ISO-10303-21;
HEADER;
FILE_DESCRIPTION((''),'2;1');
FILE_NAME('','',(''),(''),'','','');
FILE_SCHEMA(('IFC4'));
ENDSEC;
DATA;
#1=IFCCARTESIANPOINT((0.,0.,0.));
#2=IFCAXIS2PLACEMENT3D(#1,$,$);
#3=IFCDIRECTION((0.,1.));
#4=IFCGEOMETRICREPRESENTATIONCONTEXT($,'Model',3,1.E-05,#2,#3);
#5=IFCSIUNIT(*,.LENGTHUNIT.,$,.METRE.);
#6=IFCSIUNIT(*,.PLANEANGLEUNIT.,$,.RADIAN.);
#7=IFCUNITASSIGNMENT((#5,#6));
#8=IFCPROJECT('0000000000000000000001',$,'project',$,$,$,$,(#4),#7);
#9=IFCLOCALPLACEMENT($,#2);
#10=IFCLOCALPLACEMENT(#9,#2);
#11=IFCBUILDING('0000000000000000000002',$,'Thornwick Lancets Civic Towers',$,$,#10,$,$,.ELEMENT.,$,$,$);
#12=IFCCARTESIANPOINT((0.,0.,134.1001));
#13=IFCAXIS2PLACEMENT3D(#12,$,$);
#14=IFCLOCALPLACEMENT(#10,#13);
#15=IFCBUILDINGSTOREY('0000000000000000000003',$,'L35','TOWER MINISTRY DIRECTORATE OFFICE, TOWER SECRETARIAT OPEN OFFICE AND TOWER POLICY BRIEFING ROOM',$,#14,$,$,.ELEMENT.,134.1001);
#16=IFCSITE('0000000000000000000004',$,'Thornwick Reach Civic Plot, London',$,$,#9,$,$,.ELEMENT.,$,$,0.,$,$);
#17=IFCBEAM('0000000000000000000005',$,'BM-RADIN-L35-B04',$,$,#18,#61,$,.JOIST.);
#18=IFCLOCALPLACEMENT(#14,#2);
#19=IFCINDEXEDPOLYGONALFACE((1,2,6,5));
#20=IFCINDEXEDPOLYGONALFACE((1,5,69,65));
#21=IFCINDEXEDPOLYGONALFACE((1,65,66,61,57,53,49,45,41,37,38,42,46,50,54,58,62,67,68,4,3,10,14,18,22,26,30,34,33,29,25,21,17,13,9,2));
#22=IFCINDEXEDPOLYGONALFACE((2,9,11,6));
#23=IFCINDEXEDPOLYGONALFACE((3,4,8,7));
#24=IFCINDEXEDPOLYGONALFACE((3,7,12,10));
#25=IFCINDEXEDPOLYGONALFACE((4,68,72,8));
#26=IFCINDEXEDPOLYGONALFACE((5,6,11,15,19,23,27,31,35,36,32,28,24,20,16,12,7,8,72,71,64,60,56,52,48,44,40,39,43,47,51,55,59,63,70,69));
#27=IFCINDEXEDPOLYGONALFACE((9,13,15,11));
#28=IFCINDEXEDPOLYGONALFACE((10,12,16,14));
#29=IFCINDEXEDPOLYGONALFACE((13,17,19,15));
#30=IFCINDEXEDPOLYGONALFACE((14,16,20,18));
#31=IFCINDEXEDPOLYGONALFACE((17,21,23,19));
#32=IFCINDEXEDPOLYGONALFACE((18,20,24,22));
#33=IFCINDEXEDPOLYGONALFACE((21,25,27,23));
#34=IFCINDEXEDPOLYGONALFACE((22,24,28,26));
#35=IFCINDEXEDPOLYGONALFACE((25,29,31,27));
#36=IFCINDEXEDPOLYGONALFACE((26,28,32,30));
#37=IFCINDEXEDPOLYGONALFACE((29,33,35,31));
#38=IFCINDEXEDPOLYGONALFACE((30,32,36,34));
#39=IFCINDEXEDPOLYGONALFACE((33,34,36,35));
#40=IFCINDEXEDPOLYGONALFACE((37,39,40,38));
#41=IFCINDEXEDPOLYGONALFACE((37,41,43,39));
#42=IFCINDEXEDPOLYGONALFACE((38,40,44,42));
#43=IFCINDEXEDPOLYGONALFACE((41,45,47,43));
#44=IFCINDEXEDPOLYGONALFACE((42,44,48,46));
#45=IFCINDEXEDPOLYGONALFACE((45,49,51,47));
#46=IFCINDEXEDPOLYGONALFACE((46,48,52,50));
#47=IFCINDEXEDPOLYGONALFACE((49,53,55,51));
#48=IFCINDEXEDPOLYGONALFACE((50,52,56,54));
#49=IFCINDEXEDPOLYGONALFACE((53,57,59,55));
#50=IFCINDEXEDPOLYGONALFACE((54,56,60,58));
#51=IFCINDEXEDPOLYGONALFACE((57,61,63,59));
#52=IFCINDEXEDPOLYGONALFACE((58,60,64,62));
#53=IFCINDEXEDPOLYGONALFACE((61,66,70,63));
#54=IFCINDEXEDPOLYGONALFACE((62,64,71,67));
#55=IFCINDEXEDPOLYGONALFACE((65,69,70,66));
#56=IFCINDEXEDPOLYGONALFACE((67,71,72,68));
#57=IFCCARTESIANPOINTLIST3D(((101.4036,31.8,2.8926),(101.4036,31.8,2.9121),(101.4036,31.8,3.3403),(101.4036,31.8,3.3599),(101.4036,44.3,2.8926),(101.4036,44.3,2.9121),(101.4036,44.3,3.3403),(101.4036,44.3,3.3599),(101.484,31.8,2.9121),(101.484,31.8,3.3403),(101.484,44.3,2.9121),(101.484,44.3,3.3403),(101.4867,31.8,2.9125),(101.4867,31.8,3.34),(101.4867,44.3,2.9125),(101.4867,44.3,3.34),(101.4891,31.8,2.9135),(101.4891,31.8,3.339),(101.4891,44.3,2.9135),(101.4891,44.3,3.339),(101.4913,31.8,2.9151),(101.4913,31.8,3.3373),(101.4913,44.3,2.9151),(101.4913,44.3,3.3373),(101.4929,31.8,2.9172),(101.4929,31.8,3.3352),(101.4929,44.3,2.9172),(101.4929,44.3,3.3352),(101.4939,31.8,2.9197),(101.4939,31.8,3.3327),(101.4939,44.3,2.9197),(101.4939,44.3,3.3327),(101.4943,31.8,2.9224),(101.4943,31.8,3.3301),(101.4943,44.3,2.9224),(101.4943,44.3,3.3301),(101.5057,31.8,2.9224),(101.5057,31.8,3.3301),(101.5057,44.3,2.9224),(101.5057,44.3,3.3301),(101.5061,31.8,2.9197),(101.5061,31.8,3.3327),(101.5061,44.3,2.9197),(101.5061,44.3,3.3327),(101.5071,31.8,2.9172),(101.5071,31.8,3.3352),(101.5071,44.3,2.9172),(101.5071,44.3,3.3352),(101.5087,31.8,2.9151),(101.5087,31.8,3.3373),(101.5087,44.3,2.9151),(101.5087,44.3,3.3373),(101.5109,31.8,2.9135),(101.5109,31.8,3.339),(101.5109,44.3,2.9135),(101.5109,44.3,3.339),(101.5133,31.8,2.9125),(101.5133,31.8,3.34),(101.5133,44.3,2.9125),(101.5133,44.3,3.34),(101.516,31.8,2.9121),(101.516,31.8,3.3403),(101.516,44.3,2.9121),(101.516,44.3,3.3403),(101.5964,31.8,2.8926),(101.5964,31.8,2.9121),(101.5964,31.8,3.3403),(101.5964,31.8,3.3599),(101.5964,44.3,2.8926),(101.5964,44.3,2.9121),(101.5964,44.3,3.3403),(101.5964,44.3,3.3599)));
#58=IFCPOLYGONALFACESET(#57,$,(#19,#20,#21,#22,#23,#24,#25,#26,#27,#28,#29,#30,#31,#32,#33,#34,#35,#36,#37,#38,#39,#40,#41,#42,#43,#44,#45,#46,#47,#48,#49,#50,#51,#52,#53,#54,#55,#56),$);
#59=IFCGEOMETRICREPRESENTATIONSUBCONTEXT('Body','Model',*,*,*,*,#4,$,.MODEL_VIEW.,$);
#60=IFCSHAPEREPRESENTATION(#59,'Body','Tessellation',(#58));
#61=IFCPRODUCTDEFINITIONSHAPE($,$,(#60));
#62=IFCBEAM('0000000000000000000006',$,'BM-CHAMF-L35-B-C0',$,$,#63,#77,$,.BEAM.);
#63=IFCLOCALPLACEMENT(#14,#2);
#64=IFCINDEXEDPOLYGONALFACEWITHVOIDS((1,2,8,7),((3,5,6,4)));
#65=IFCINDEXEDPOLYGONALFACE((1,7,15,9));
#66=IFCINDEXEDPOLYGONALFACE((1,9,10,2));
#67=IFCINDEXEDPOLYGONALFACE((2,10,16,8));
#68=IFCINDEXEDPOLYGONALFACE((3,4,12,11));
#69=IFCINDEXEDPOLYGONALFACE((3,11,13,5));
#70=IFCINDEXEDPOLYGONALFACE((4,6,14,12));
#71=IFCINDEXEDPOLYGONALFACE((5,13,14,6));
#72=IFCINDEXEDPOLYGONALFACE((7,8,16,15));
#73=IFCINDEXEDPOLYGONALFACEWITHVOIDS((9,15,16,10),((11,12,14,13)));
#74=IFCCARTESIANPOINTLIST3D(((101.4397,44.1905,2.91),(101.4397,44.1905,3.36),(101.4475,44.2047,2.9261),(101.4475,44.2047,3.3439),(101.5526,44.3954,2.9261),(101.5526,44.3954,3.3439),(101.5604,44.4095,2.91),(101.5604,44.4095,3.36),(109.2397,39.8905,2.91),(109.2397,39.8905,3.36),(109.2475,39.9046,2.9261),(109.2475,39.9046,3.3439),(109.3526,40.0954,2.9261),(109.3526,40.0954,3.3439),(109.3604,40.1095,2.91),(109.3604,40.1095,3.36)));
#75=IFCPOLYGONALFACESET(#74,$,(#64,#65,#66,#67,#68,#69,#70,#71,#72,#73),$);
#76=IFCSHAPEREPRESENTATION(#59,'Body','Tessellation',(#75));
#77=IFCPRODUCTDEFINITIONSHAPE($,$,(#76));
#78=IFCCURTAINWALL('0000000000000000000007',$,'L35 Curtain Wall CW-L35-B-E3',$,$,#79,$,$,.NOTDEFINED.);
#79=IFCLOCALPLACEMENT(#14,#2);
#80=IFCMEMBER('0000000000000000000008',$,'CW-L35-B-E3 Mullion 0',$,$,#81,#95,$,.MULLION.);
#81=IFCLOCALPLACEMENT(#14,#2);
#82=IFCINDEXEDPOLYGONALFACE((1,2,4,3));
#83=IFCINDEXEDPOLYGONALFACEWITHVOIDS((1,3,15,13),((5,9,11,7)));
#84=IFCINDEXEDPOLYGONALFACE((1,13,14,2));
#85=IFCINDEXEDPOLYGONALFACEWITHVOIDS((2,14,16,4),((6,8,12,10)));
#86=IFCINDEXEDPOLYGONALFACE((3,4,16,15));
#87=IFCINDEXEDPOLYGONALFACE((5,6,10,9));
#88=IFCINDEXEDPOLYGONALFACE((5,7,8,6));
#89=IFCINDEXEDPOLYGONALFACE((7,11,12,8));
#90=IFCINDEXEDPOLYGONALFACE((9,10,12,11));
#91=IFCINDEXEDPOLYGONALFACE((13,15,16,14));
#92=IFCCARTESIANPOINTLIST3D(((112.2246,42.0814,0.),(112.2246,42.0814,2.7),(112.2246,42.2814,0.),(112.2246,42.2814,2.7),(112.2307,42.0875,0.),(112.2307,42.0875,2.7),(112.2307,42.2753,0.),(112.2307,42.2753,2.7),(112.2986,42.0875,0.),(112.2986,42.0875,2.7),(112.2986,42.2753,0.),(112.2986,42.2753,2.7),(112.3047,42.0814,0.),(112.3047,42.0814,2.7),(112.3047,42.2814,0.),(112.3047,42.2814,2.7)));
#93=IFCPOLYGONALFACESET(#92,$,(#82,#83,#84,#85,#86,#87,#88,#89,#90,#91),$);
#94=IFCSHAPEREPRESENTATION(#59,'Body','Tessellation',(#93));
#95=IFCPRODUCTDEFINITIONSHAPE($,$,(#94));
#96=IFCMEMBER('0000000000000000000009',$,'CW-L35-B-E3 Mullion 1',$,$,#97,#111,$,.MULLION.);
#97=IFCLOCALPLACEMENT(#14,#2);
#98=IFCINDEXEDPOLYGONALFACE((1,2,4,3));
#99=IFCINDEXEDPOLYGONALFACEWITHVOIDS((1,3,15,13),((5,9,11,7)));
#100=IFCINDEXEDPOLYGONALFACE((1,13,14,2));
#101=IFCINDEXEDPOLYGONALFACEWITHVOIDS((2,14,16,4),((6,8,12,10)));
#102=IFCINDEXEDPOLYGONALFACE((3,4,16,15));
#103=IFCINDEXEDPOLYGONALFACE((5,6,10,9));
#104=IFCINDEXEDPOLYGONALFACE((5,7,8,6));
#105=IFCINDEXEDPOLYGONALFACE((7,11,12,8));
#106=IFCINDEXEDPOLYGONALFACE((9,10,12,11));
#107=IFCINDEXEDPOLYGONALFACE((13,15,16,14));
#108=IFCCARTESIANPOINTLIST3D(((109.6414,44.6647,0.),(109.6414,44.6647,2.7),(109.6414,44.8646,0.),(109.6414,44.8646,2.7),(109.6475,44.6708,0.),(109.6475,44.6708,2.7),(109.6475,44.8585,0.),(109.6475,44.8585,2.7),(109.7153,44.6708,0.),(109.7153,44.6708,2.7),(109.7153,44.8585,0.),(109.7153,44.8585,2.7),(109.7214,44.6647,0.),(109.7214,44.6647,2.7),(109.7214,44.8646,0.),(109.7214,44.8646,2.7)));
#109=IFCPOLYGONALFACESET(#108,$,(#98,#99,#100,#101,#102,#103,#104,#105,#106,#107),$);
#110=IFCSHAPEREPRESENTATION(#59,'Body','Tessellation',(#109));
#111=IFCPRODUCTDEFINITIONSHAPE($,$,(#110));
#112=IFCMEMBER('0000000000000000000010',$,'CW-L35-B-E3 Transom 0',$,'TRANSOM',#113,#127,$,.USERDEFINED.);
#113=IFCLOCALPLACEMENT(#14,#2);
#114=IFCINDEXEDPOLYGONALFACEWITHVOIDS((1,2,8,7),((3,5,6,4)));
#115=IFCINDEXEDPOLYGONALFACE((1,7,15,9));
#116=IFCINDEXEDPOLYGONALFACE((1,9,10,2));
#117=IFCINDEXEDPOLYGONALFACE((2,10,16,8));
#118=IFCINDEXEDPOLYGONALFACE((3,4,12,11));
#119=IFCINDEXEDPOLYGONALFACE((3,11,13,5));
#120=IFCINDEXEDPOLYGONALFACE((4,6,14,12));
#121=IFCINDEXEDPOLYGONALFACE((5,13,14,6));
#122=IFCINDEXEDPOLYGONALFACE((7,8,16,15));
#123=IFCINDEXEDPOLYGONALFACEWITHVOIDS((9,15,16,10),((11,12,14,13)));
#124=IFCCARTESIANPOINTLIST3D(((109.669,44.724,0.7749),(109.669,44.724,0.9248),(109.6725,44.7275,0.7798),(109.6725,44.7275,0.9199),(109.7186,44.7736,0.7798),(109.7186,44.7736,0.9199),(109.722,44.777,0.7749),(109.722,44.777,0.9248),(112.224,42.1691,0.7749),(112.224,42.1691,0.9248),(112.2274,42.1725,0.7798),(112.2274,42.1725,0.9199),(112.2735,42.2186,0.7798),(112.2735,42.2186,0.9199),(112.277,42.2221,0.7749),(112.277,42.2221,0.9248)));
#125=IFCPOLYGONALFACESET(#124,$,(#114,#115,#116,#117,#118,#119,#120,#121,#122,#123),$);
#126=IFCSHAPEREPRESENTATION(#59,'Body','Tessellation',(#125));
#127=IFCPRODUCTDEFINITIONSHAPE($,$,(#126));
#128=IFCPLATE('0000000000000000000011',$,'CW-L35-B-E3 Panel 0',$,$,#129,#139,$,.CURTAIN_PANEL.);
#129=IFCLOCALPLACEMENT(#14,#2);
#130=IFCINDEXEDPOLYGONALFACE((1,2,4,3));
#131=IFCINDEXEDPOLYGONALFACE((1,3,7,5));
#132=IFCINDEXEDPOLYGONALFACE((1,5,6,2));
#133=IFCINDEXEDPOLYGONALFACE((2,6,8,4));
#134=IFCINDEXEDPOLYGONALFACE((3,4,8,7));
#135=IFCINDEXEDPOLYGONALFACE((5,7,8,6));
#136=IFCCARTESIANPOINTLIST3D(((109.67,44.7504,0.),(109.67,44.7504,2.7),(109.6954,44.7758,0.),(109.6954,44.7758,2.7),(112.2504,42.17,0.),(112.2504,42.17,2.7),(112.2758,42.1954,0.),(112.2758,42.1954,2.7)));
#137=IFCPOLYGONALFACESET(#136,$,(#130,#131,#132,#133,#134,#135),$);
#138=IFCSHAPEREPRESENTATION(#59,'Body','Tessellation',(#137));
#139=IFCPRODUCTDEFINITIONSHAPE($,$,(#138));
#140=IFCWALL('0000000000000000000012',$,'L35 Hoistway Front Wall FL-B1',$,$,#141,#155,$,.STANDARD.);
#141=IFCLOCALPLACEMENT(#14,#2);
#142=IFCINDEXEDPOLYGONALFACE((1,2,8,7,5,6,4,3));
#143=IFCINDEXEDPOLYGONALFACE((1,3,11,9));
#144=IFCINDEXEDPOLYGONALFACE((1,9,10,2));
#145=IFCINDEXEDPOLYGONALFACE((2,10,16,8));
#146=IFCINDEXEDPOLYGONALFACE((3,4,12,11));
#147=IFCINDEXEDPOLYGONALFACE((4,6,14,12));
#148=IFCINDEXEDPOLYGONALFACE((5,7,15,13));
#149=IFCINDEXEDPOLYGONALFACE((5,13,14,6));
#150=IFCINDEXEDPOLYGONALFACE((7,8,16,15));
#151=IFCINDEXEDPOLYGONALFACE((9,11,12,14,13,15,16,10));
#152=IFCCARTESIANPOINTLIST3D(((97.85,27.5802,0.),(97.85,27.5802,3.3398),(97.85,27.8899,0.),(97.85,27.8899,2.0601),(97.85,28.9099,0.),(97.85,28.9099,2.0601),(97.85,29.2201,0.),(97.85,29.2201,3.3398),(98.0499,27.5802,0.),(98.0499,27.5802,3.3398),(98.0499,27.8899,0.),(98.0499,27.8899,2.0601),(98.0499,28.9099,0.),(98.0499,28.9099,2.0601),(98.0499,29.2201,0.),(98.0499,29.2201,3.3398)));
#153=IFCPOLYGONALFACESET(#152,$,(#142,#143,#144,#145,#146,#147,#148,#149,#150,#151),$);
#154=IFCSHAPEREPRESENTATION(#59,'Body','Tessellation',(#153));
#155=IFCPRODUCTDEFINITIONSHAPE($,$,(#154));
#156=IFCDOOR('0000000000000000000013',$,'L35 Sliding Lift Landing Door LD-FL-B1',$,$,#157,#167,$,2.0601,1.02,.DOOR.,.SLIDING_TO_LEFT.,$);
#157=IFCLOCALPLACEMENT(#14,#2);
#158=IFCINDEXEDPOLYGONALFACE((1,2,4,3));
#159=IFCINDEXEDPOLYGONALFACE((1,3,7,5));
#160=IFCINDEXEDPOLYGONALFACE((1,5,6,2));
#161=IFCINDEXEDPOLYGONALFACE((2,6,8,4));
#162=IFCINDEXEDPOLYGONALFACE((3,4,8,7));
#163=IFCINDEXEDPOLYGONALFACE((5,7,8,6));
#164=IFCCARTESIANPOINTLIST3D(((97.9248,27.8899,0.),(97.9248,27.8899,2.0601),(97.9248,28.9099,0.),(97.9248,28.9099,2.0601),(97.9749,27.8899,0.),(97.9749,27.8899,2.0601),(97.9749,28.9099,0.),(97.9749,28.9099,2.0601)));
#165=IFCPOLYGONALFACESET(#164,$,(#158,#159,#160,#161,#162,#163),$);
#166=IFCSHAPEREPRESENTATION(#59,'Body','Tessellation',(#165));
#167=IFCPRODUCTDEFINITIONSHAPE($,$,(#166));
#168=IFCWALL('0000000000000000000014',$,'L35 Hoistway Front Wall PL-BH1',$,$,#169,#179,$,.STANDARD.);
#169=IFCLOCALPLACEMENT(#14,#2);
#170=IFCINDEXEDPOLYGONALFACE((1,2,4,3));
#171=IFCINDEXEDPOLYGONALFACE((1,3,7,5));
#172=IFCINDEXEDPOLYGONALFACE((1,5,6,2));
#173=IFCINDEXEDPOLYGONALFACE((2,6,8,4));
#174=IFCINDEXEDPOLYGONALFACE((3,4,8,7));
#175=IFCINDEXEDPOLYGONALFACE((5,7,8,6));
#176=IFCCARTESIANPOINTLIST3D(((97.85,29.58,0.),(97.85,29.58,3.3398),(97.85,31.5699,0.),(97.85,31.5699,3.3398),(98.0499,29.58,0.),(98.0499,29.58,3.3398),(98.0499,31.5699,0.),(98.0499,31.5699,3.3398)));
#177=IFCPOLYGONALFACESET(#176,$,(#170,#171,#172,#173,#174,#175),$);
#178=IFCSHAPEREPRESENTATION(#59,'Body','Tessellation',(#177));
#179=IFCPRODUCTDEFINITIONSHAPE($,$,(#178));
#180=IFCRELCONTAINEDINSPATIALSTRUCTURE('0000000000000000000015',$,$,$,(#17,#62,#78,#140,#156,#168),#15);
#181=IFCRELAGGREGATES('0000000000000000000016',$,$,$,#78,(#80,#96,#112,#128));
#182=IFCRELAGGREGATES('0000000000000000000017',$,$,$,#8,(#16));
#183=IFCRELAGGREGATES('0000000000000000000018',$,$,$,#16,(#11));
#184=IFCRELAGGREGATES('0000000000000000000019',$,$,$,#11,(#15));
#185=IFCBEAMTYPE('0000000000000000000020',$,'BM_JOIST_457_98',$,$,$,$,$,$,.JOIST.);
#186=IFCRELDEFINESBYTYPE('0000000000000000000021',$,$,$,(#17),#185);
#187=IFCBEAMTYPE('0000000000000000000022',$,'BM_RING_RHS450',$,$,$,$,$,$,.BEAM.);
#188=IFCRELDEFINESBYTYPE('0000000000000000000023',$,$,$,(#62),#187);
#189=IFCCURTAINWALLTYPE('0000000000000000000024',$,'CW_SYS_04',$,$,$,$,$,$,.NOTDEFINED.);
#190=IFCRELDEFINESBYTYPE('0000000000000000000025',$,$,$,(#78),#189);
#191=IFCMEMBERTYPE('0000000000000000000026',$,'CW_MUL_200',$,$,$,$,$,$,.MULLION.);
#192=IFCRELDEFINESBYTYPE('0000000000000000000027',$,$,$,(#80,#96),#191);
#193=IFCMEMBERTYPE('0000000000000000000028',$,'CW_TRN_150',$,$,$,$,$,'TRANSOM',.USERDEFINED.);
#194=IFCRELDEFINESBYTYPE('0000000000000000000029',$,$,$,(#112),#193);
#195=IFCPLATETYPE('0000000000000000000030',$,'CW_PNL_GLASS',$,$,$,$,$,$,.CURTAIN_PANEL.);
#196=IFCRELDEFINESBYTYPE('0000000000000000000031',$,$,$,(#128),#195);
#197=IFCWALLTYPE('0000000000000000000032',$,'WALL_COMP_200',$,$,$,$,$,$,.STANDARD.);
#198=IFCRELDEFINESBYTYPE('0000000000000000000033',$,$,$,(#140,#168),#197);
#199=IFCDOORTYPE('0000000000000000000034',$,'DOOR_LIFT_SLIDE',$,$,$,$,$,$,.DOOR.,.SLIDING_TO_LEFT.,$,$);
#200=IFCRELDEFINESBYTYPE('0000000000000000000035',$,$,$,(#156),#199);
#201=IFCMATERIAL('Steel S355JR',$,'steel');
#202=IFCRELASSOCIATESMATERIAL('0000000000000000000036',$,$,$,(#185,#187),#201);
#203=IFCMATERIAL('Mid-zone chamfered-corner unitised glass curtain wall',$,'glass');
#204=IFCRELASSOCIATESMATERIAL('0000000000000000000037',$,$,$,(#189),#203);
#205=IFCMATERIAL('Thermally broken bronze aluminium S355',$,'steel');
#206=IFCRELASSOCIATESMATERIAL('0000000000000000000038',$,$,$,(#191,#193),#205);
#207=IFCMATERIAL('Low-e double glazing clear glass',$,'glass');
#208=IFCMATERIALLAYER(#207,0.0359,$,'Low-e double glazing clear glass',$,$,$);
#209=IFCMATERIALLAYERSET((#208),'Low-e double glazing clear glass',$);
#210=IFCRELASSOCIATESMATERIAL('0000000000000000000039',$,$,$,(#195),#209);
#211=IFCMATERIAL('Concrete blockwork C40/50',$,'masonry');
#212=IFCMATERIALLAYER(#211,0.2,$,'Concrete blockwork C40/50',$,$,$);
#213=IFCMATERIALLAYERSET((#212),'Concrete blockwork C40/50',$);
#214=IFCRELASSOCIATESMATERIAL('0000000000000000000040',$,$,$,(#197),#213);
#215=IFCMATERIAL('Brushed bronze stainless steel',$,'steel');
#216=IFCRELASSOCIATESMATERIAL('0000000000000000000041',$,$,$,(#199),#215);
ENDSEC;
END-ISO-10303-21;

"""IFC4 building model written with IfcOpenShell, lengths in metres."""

from ifc_helpers import new_model, si_unit, direction, frame, frame_2d, origin, origin_2d, place, context, subcontext, project, spatial, rectangle, hollow_rectangle, i_section, extrude, material, layer, layer_set, material_profile, profile_set, type_object, element, fill, aggregate, save


model = new_model("IFC4")

# Units and contexts
model_context = context("Model", 3, precision=1e-05, world=origin(), true_north=direction((0.0, 1.0)))
body_context = subcontext(model_context, "Body", "Model", "MODEL_VIEW")
ifc_project = project(units=[si_unit("LENGTHUNIT", "METRE"), si_unit("PLANEANGLEUNIT", "RADIAN")], contexts=[model_context])

# Site, building, storey
site_placement = place(None, origin())
site = spatial("IfcSite", under=ifc_project, at=site_placement, Name="Thornwick Reach Civic Plot, London", CompositionType="ELEMENT", RefElevation=0.0)
building_placement = place(site_placement, origin())
building = spatial("IfcBuilding", under=site, at=building_placement, Name="Thornwick Lancets Civic Towers", CompositionType="ELEMENT")
storey_placement = place(building_placement, frame((0.0, 0.0, 134.1001)))
storey = spatial("IfcBuildingStorey", under=building, at=storey_placement, Name="L35", Description="TOWER MINISTRY DIRECTORATE OFFICE, TOWER SECRETARIAT OPEN OFFICE AND TOWER POLICY BRIEFING ROOM", CompositionType="ELEMENT", Elevation=134.1001)

# Beams
ifc_material_1 = material(Name="Steel S355JR", Category="steel")
ifc_material_profile_1 = material_profile(ifc_material_1, i_section(OverallWidth=0.1929, OverallDepth=0.4673, WebThickness=0.0115, FlangeThickness=0.0195, FilletRadius=0.0103, at=origin_2d()), Name="UKB 457x191x98")
ifc_profile_set_1 = profile_set([ifc_material_profile_1], Name="Steel S355JR")
beam_type_1 = type_object("IfcBeamType", Name="BM_JOIST_457_98", PredefinedType="JOIST", material=ifc_profile_set_1)
beam_1_placement = place(storey_placement, frame((101.5, 31.8, 3.1262), z_axis=(0.0, 1.0, 0.0), x_axis=(-1.0, 0.0, 0.0)))
element("IfcBeam", 1, at=beam_1_placement, inside=storey, type_object=beam_type_1, Name="BM-RADIN-L35-B04", PredefinedType="JOIST", context=body_context, shape_type="SweptSolid", body=[
    extrude(i_section(OverallWidth=0.1929, OverallDepth=0.4673, WebThickness=0.0115, FlangeThickness=0.0195, FilletRadius=0.0103, at=origin_2d()), origin(), (0.0, 0.0, 1.0), 12.5),
])
ifc_material_profile_2 = material_profile(ifc_material_1, hollow_rectangle(XDim=0.25, YDim=0.45, WallThickness=0.0161, at=origin_2d()), Name="RHS 450x250x16")
ifc_profile_set_2 = profile_set([ifc_material_profile_2], Name="Steel S355JR")
beam_type_2 = type_object("IfcBeamType", Name="BM_RING_RHS450", PredefinedType="BEAM", material=ifc_profile_set_2)
beam_2_placement = place(storey_placement, frame((109.3, 40.0, 3.135), z_axis=(-0.87574, 0.482782, 0.0), x_axis=(-0.482782, -0.87574, 0.0)))
element("IfcBeam", 2, at=beam_2_placement, inside=storey, type_object=beam_type_2, Name="BM-CHAMF-L35-B-C0", PredefinedType="BEAM", context=body_context, shape_type="SweptSolid", body=[
    extrude(hollow_rectangle(XDim=0.25, YDim=0.45, WallThickness=0.0161, at=origin_2d()), origin(), (0.0, 0.0, 1.0), 8.9067),
])

# Curtain wall, members, plate
ifc_material_2 = material(Name="Mid-zone chamfered-corner unitised glass curtain wall", Category="glass")
curtain_wall_type = type_object("IfcCurtainWallType", Name="CW_SYS_04", PredefinedType="NOTDEFINED", material=ifc_material_2)
curtain_wall_placement = place(storey_placement, origin())
curtain_wall = element("IfcCurtainWall", 3, at=curtain_wall_placement, inside=storey, type_object=curtain_wall_type, Name="L35 Curtain Wall CW-L35-B-E3", PredefinedType="NOTDEFINED")
ifc_material_3 = material(Name="Thermally broken bronze aluminium S355", Category="steel")
ifc_material_profile_3 = material_profile(ifc_material_3, hollow_rectangle(XDim=0.0801, YDim=0.2, WallThickness=0.0061, at=origin_2d()), Name="RHS 200x80x6")
ifc_profile_set_3 = profile_set([ifc_material_profile_3], Name="Thermally broken bronze aluminium S355")
member_type_1 = type_object("IfcMemberType", Name="CW_MUL_200", PredefinedType="MULLION", material=ifc_profile_set_3)
member_1_placement = place(storey_placement, frame((112.2646, 42.1814, 0.0), z_axis=(0.0, 0.0, 1.0), x_axis=(1.0, 0.0, 0.0)))
member_1 = element("IfcMember", 4, at=member_1_placement, type_object=member_type_1, Name="CW-L35-B-E3 Mullion 0", PredefinedType="MULLION", context=body_context, shape_type="SweptSolid", body=[
    extrude(hollow_rectangle(XDim=0.0801, YDim=0.2, WallThickness=0.0061, at=origin_2d()), origin(), (0.0, 0.0, 1.0), 2.7),
])
member_2_placement = place(storey_placement, frame((109.6814, 44.7646, 0.0), z_axis=(0.0, 0.0, 1.0), x_axis=(1.0, 0.0, 0.0)))
member_2 = element("IfcMember", 5, at=member_2_placement, type_object=member_type_1, Name="CW-L35-B-E3 Mullion 1", PredefinedType="MULLION", context=body_context, shape_type="SweptSolid", body=[
    extrude(hollow_rectangle(XDim=0.0801, YDim=0.2, WallThickness=0.0061, at=origin_2d()), origin(), (0.0, 0.0, 1.0), 2.7),
])
ifc_material_profile_4 = material_profile(ifc_material_3, hollow_rectangle(XDim=0.075, YDim=0.1499, WallThickness=0.0049, at=origin_2d()), Name="RHS 150x75x5")
ifc_profile_set_4 = profile_set([ifc_material_profile_4], Name="Thermally broken bronze aluminium S355")
member_type_2 = type_object("IfcMemberType", Name="CW_TRN_150", ElementType="TRANSOM", PredefinedType="USERDEFINED", material=ifc_profile_set_4)
member_3_placement = place(storey_placement, frame((112.2505, 42.1956, 0.8499), z_axis=(-0.707107, 0.707107, 0.0), x_axis=(-0.707107, -0.707107, 0.0)))
member_3 = element("IfcMember", 6, at=member_3_placement, type_object=member_type_2, Name="CW-L35-B-E3 Transom 0", ObjectType="TRANSOM", PredefinedType="USERDEFINED", context=body_context, shape_type="SweptSolid", body=[
    extrude(hollow_rectangle(XDim=0.075, YDim=0.1499, WallThickness=0.0049, at=origin_2d()), origin(), (0.0, 0.0, 1.0), 3.6133),
])
ifc_material_4 = material(Name="Low-e double glazing clear glass", Category="glass")
ifc_layer_1 = layer(ifc_material_4, 0.0359, Name="Low-e double glazing clear glass")
ifc_layer_set_1 = layer_set([ifc_layer_1], Name="Low-e double glazing clear glass")
plate_type = type_object("IfcPlateType", Name="CW_PNL_GLASS", PredefinedType="CURTAIN_PANEL", material=ifc_layer_set_1)
plate_placement = place(storey_placement, frame((110.9729, 43.4729, 0.0), z_axis=(0.0, 0.0, 1.0), x_axis=(-0.707107, 0.707107, 0.0)))
plate = element("IfcPlate", 7, at=plate_placement, type_object=plate_type, Name="CW-L35-B-E3 Panel 0", PredefinedType="CURTAIN_PANEL", context=body_context, shape_type="SweptSolid", body=[
    extrude(rectangle(XDim=3.6492, YDim=0.0359, at=origin_2d()), origin(), (0.0, 0.0, 1.0), 2.7),
])
aggregate(curtain_wall, [member_1, member_2, member_3, plate])

# Wall, opening, door
ifc_material_5 = material(Name="Concrete blockwork C40/50", Category="masonry")
ifc_layer_2 = layer(ifc_material_5, 0.2, Name="Concrete blockwork C40/50")
ifc_layer_set_2 = layer_set([ifc_layer_2], Name="Concrete blockwork C40/50")
wall_type_1 = type_object("IfcWallType", Name="WALL_COMP_200", PredefinedType="STANDARD", material=ifc_layer_set_2)
wall_1_placement = place(storey_placement, frame((97.95, 29.22, 0.0), z_axis=(0.0, 0.0, 1.0), x_axis=(0.0, -1.0, 0.0)))
wall_1 = element("IfcWall", 8, at=wall_1_placement, inside=storey, type_object=wall_type_1, Name="L35 Hoistway Front Wall FL-B1", PredefinedType="STANDARD", context=body_context, shape_type="SweptSolid", body=[
    extrude(rectangle(XDim=1.6399, YDim=0.2, at=frame_2d((0.8198, 0.0))), origin(), (0.0, 0.0, 1.0), 3.3398),
])
opening_1_placement = place(wall_1_placement, frame((0.3101, 0.0, 0.0)))
opening_1 = element("IfcOpeningElement", 9, at=opening_1_placement, cuts=wall_1, PredefinedType="OPENING", context=body_context, shape_type="SweptSolid", body=[
    extrude(rectangle(XDim=1.02, YDim=2.0601, at=frame_2d((0.51, 1.03))), frame((0.0, 0.1099, 0.0), z_axis=(0.0, -1.0, 0.0), x_axis=(1.0, 0.0, 0.0)), (0.0, 0.0, 1.0), 0.22),
])
ifc_material_6 = material(Name="Brushed bronze stainless steel", Category="steel")
door_type = type_object("IfcDoorType", Name="DOOR_LIFT_SLIDE", OperationType="SLIDING_TO_LEFT", PredefinedType="DOOR", material=ifc_material_6)
door_placement = place(opening_1_placement, origin())
door = element("IfcDoor", 10, at=door_placement, inside=storey, type_object=door_type, Name="L35 Sliding Lift Landing Door LD-FL-B1", OperationType="SLIDING_TO_LEFT", OverallHeight=2.0601, OverallWidth=1.02, PredefinedType="DOOR", context=body_context, shape_type="SweptSolid", body=[
    extrude(rectangle(XDim=1.02, YDim=2.0601, at=frame_2d((0.51, 1.03))), frame((0.0, 0.0249, 0.0), z_axis=(0.0, -1.0, 0.0), x_axis=(1.0, 0.0, 0.0)), (0.0, 0.0, 1.0), 0.05),
])
fill(opening_1, door)

# Wall
wall_2_placement = place(storey_placement, frame((97.95, 31.5701, 0.0), z_axis=(0.0, 0.0, 1.0), x_axis=(0.0, -1.0, 0.0)))
element("IfcWall", 11, at=wall_2_placement, inside=storey, type_object=wall_type_1, Name="L35 Hoistway Front Wall PL-BH1", PredefinedType="STANDARD", context=body_context, shape_type="SweptSolid", body=[
    extrude(rectangle(XDim=1.99, YDim=0.2, at=frame_2d((0.9951, 0.0))), origin(), (0.0, 0.0, 1.0), 3.3398),
])

save(model, "model.ifc")
